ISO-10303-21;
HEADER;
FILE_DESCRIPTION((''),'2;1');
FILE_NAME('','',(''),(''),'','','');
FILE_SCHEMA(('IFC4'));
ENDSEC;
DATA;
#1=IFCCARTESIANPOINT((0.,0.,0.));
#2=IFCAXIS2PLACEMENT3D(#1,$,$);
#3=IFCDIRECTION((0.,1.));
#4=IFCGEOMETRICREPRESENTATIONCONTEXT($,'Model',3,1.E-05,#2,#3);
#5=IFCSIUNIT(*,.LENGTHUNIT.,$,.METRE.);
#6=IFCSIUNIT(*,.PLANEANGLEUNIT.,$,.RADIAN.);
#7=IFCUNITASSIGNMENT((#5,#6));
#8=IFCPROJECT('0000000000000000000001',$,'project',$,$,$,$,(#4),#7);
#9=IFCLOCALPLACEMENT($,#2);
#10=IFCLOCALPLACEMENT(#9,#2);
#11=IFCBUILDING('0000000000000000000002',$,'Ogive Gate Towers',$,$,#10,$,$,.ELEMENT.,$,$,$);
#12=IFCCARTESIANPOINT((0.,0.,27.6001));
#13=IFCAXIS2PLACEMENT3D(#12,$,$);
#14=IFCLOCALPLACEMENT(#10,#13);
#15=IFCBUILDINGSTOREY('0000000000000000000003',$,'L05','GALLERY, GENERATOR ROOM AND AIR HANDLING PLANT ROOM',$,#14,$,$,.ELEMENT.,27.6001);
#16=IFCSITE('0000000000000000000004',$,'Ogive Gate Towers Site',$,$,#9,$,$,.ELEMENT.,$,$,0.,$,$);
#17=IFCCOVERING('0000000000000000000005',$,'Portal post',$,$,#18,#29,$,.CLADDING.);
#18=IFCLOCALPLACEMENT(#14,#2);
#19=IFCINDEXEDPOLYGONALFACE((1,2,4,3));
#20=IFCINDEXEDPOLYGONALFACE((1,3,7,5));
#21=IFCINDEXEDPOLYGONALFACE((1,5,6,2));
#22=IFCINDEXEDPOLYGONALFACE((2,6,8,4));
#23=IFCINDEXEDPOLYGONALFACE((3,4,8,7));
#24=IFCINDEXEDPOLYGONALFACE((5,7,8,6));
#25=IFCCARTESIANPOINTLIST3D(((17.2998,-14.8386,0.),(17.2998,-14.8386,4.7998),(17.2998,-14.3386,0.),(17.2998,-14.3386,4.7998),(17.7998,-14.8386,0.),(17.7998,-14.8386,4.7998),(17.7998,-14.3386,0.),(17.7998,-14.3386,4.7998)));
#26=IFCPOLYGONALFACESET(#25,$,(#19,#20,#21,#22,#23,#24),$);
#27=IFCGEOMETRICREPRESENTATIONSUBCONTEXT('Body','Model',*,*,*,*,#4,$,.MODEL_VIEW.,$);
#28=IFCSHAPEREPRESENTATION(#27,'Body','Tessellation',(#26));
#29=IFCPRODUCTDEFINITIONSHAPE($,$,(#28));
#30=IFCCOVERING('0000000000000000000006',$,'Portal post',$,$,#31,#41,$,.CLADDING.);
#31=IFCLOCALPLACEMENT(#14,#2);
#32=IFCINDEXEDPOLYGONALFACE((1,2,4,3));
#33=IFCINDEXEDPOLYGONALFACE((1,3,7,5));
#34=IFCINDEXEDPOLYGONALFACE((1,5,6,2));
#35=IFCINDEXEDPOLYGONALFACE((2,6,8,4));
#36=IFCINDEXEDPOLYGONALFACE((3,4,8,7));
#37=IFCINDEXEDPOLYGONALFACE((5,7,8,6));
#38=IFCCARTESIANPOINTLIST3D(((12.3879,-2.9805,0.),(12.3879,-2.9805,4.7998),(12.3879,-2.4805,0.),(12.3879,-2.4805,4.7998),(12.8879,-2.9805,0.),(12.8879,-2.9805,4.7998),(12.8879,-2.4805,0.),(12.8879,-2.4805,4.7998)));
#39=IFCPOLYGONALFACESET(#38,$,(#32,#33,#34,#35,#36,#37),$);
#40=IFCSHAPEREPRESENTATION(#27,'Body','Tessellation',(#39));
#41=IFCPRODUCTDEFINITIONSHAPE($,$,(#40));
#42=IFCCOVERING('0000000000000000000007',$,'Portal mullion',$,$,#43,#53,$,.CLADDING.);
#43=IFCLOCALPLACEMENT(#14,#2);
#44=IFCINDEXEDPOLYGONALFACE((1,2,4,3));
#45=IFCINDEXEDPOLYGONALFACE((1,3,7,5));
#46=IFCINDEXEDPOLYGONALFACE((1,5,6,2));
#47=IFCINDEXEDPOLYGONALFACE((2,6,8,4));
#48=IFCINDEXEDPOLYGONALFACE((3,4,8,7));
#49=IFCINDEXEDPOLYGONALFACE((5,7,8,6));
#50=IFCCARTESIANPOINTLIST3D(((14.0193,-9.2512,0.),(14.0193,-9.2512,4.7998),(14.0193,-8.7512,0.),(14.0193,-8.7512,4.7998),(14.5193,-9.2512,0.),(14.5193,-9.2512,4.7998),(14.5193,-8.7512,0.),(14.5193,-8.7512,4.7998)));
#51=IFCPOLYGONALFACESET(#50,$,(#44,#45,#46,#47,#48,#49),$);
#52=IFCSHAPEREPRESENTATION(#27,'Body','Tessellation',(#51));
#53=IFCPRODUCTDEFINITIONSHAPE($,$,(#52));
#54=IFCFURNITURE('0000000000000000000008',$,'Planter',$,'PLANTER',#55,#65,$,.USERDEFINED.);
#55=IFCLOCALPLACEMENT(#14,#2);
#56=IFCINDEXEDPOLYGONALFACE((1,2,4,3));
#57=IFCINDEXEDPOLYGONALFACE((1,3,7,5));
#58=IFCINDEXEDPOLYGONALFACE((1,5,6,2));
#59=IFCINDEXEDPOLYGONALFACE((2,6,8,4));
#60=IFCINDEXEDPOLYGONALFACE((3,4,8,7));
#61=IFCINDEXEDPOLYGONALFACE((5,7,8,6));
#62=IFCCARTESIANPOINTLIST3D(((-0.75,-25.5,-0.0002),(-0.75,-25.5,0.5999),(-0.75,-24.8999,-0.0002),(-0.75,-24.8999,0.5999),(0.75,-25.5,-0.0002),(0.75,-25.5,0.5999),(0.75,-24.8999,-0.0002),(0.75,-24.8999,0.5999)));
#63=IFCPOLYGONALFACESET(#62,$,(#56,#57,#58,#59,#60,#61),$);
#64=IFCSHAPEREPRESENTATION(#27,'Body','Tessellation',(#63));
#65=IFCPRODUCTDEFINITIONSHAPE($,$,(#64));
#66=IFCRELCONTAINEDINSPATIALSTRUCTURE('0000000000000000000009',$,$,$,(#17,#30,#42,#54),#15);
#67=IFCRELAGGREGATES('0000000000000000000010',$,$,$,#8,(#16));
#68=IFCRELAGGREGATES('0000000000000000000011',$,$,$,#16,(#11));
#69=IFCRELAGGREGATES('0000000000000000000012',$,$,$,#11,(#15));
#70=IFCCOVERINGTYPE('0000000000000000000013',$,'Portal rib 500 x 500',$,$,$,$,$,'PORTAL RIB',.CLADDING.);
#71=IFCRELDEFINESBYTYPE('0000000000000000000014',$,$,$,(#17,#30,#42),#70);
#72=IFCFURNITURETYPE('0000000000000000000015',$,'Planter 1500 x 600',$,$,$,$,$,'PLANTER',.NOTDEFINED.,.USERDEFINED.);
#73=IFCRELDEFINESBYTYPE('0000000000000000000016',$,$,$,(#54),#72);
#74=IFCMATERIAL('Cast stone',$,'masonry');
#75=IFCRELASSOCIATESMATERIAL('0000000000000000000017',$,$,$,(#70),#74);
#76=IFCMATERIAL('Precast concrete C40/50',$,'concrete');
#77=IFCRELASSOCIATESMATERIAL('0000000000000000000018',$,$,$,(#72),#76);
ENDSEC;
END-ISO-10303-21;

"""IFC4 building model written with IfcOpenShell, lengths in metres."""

from ifc_helpers import new_model, si_unit, direction, frame, origin, origin_2d, place, context, subcontext, project, spatial, rectangle, extrude, material, material_profile, profile_set, type_object, element, save


model = new_model("IFC4")

# Units and contexts
model_context = context("Model", 3, precision=1e-05, world=origin(), true_north=direction((0.0, 1.0)))
body_context = subcontext(model_context, "Body", "Model", "MODEL_VIEW")
ifc_project = project(units=[si_unit("LENGTHUNIT", "METRE"), si_unit("PLANEANGLEUNIT", "RADIAN")], contexts=[model_context])

# Site, building, storey
site_placement = place(None, origin())
site = spatial("IfcSite", under=ifc_project, at=site_placement, Name="Ogive Gate Towers Site", CompositionType="ELEMENT", RefElevation=0.0)
building_placement = place(site_placement, origin())
building = spatial("IfcBuilding", under=site, at=building_placement, Name="Ogive Gate Towers", CompositionType="ELEMENT")
storey_placement = place(building_placement, frame((0.0, 0.0, 27.6001)))
storey = spatial("IfcBuildingStorey", under=building, at=storey_placement, Name="L05", Description="GALLERY, GENERATOR ROOM AND AIR HANDLING PLANT ROOM", CompositionType="ELEMENT", Elevation=27.6001)

# Coverings
ifc_material_1 = material(Name="Cast stone", Category="masonry")
ifc_material_profile_1 = material_profile(ifc_material_1, rectangle(XDim=0.5, YDim=0.5, at=origin_2d()), Name="500 x 500 cast stone")
ifc_profile_set_1 = profile_set([ifc_material_profile_1], Name="Cast stone")
covering_type_1 = type_object("IfcCoveringType", Name="Portal rib 500 x 500", ElementType="PORTAL RIB", PredefinedType="CLADDING", material=ifc_profile_set_1)
for number, where, z_axis, x_axis, name in (
    (1, (17.5498, -14.5886, 0.0), (0.0, 0.0, 1.0), (1.0, 0.0, 0.0), "Portal post"),
    (2, (12.6379, -2.7305, 0.0), (0.0, 0.0, 1.0), (1.0, 0.0, 0.0), "Portal post"),
    (3, (14.2693, -9.0012, 0.0), (0.0, 0.0, 1.0), (1.0, 0.0, 0.0), "Portal mullion"),
):
    element("IfcCovering", number, at=place(storey_placement, frame(where, z_axis=z_axis, x_axis=x_axis)), inside=storey, type_object=covering_type_1, Name=name, PredefinedType="CLADDING", context=body_context, shape_type="SweptSolid", body=[
        extrude(rectangle(XDim=0.5, YDim=0.5, at=origin_2d()), origin(), (0.0, 0.0, 1.0), 4.7998),
    ])

# Furniture
ifc_material_2 = material(Name="Precast concrete C40/50", Category="concrete")
furniture_type = type_object("IfcFurnitureType", Name="Planter 1500 x 600", ElementType="PLANTER", AssemblyPlace="NOTDEFINED", PredefinedType="USERDEFINED", material=ifc_material_2)
furniture_placement = place(storey_placement, frame((0.0, -25.2, -0.0002), z_axis=(0.0, 0.0, 1.0), x_axis=(1.0, 0.0, 0.0)))
element("IfcFurniture", 4, at=furniture_placement, inside=storey, type_object=furniture_type, Name="Planter", ObjectType="PLANTER", PredefinedType="USERDEFINED", context=body_context, shape_type="SweptSolid", body=[
    extrude(rectangle(XDim=1.5, YDim=0.6001, at=origin_2d()), origin(), (0.0, 0.0, 1.0), 0.6001),
])

save(model, "model.ifc")
